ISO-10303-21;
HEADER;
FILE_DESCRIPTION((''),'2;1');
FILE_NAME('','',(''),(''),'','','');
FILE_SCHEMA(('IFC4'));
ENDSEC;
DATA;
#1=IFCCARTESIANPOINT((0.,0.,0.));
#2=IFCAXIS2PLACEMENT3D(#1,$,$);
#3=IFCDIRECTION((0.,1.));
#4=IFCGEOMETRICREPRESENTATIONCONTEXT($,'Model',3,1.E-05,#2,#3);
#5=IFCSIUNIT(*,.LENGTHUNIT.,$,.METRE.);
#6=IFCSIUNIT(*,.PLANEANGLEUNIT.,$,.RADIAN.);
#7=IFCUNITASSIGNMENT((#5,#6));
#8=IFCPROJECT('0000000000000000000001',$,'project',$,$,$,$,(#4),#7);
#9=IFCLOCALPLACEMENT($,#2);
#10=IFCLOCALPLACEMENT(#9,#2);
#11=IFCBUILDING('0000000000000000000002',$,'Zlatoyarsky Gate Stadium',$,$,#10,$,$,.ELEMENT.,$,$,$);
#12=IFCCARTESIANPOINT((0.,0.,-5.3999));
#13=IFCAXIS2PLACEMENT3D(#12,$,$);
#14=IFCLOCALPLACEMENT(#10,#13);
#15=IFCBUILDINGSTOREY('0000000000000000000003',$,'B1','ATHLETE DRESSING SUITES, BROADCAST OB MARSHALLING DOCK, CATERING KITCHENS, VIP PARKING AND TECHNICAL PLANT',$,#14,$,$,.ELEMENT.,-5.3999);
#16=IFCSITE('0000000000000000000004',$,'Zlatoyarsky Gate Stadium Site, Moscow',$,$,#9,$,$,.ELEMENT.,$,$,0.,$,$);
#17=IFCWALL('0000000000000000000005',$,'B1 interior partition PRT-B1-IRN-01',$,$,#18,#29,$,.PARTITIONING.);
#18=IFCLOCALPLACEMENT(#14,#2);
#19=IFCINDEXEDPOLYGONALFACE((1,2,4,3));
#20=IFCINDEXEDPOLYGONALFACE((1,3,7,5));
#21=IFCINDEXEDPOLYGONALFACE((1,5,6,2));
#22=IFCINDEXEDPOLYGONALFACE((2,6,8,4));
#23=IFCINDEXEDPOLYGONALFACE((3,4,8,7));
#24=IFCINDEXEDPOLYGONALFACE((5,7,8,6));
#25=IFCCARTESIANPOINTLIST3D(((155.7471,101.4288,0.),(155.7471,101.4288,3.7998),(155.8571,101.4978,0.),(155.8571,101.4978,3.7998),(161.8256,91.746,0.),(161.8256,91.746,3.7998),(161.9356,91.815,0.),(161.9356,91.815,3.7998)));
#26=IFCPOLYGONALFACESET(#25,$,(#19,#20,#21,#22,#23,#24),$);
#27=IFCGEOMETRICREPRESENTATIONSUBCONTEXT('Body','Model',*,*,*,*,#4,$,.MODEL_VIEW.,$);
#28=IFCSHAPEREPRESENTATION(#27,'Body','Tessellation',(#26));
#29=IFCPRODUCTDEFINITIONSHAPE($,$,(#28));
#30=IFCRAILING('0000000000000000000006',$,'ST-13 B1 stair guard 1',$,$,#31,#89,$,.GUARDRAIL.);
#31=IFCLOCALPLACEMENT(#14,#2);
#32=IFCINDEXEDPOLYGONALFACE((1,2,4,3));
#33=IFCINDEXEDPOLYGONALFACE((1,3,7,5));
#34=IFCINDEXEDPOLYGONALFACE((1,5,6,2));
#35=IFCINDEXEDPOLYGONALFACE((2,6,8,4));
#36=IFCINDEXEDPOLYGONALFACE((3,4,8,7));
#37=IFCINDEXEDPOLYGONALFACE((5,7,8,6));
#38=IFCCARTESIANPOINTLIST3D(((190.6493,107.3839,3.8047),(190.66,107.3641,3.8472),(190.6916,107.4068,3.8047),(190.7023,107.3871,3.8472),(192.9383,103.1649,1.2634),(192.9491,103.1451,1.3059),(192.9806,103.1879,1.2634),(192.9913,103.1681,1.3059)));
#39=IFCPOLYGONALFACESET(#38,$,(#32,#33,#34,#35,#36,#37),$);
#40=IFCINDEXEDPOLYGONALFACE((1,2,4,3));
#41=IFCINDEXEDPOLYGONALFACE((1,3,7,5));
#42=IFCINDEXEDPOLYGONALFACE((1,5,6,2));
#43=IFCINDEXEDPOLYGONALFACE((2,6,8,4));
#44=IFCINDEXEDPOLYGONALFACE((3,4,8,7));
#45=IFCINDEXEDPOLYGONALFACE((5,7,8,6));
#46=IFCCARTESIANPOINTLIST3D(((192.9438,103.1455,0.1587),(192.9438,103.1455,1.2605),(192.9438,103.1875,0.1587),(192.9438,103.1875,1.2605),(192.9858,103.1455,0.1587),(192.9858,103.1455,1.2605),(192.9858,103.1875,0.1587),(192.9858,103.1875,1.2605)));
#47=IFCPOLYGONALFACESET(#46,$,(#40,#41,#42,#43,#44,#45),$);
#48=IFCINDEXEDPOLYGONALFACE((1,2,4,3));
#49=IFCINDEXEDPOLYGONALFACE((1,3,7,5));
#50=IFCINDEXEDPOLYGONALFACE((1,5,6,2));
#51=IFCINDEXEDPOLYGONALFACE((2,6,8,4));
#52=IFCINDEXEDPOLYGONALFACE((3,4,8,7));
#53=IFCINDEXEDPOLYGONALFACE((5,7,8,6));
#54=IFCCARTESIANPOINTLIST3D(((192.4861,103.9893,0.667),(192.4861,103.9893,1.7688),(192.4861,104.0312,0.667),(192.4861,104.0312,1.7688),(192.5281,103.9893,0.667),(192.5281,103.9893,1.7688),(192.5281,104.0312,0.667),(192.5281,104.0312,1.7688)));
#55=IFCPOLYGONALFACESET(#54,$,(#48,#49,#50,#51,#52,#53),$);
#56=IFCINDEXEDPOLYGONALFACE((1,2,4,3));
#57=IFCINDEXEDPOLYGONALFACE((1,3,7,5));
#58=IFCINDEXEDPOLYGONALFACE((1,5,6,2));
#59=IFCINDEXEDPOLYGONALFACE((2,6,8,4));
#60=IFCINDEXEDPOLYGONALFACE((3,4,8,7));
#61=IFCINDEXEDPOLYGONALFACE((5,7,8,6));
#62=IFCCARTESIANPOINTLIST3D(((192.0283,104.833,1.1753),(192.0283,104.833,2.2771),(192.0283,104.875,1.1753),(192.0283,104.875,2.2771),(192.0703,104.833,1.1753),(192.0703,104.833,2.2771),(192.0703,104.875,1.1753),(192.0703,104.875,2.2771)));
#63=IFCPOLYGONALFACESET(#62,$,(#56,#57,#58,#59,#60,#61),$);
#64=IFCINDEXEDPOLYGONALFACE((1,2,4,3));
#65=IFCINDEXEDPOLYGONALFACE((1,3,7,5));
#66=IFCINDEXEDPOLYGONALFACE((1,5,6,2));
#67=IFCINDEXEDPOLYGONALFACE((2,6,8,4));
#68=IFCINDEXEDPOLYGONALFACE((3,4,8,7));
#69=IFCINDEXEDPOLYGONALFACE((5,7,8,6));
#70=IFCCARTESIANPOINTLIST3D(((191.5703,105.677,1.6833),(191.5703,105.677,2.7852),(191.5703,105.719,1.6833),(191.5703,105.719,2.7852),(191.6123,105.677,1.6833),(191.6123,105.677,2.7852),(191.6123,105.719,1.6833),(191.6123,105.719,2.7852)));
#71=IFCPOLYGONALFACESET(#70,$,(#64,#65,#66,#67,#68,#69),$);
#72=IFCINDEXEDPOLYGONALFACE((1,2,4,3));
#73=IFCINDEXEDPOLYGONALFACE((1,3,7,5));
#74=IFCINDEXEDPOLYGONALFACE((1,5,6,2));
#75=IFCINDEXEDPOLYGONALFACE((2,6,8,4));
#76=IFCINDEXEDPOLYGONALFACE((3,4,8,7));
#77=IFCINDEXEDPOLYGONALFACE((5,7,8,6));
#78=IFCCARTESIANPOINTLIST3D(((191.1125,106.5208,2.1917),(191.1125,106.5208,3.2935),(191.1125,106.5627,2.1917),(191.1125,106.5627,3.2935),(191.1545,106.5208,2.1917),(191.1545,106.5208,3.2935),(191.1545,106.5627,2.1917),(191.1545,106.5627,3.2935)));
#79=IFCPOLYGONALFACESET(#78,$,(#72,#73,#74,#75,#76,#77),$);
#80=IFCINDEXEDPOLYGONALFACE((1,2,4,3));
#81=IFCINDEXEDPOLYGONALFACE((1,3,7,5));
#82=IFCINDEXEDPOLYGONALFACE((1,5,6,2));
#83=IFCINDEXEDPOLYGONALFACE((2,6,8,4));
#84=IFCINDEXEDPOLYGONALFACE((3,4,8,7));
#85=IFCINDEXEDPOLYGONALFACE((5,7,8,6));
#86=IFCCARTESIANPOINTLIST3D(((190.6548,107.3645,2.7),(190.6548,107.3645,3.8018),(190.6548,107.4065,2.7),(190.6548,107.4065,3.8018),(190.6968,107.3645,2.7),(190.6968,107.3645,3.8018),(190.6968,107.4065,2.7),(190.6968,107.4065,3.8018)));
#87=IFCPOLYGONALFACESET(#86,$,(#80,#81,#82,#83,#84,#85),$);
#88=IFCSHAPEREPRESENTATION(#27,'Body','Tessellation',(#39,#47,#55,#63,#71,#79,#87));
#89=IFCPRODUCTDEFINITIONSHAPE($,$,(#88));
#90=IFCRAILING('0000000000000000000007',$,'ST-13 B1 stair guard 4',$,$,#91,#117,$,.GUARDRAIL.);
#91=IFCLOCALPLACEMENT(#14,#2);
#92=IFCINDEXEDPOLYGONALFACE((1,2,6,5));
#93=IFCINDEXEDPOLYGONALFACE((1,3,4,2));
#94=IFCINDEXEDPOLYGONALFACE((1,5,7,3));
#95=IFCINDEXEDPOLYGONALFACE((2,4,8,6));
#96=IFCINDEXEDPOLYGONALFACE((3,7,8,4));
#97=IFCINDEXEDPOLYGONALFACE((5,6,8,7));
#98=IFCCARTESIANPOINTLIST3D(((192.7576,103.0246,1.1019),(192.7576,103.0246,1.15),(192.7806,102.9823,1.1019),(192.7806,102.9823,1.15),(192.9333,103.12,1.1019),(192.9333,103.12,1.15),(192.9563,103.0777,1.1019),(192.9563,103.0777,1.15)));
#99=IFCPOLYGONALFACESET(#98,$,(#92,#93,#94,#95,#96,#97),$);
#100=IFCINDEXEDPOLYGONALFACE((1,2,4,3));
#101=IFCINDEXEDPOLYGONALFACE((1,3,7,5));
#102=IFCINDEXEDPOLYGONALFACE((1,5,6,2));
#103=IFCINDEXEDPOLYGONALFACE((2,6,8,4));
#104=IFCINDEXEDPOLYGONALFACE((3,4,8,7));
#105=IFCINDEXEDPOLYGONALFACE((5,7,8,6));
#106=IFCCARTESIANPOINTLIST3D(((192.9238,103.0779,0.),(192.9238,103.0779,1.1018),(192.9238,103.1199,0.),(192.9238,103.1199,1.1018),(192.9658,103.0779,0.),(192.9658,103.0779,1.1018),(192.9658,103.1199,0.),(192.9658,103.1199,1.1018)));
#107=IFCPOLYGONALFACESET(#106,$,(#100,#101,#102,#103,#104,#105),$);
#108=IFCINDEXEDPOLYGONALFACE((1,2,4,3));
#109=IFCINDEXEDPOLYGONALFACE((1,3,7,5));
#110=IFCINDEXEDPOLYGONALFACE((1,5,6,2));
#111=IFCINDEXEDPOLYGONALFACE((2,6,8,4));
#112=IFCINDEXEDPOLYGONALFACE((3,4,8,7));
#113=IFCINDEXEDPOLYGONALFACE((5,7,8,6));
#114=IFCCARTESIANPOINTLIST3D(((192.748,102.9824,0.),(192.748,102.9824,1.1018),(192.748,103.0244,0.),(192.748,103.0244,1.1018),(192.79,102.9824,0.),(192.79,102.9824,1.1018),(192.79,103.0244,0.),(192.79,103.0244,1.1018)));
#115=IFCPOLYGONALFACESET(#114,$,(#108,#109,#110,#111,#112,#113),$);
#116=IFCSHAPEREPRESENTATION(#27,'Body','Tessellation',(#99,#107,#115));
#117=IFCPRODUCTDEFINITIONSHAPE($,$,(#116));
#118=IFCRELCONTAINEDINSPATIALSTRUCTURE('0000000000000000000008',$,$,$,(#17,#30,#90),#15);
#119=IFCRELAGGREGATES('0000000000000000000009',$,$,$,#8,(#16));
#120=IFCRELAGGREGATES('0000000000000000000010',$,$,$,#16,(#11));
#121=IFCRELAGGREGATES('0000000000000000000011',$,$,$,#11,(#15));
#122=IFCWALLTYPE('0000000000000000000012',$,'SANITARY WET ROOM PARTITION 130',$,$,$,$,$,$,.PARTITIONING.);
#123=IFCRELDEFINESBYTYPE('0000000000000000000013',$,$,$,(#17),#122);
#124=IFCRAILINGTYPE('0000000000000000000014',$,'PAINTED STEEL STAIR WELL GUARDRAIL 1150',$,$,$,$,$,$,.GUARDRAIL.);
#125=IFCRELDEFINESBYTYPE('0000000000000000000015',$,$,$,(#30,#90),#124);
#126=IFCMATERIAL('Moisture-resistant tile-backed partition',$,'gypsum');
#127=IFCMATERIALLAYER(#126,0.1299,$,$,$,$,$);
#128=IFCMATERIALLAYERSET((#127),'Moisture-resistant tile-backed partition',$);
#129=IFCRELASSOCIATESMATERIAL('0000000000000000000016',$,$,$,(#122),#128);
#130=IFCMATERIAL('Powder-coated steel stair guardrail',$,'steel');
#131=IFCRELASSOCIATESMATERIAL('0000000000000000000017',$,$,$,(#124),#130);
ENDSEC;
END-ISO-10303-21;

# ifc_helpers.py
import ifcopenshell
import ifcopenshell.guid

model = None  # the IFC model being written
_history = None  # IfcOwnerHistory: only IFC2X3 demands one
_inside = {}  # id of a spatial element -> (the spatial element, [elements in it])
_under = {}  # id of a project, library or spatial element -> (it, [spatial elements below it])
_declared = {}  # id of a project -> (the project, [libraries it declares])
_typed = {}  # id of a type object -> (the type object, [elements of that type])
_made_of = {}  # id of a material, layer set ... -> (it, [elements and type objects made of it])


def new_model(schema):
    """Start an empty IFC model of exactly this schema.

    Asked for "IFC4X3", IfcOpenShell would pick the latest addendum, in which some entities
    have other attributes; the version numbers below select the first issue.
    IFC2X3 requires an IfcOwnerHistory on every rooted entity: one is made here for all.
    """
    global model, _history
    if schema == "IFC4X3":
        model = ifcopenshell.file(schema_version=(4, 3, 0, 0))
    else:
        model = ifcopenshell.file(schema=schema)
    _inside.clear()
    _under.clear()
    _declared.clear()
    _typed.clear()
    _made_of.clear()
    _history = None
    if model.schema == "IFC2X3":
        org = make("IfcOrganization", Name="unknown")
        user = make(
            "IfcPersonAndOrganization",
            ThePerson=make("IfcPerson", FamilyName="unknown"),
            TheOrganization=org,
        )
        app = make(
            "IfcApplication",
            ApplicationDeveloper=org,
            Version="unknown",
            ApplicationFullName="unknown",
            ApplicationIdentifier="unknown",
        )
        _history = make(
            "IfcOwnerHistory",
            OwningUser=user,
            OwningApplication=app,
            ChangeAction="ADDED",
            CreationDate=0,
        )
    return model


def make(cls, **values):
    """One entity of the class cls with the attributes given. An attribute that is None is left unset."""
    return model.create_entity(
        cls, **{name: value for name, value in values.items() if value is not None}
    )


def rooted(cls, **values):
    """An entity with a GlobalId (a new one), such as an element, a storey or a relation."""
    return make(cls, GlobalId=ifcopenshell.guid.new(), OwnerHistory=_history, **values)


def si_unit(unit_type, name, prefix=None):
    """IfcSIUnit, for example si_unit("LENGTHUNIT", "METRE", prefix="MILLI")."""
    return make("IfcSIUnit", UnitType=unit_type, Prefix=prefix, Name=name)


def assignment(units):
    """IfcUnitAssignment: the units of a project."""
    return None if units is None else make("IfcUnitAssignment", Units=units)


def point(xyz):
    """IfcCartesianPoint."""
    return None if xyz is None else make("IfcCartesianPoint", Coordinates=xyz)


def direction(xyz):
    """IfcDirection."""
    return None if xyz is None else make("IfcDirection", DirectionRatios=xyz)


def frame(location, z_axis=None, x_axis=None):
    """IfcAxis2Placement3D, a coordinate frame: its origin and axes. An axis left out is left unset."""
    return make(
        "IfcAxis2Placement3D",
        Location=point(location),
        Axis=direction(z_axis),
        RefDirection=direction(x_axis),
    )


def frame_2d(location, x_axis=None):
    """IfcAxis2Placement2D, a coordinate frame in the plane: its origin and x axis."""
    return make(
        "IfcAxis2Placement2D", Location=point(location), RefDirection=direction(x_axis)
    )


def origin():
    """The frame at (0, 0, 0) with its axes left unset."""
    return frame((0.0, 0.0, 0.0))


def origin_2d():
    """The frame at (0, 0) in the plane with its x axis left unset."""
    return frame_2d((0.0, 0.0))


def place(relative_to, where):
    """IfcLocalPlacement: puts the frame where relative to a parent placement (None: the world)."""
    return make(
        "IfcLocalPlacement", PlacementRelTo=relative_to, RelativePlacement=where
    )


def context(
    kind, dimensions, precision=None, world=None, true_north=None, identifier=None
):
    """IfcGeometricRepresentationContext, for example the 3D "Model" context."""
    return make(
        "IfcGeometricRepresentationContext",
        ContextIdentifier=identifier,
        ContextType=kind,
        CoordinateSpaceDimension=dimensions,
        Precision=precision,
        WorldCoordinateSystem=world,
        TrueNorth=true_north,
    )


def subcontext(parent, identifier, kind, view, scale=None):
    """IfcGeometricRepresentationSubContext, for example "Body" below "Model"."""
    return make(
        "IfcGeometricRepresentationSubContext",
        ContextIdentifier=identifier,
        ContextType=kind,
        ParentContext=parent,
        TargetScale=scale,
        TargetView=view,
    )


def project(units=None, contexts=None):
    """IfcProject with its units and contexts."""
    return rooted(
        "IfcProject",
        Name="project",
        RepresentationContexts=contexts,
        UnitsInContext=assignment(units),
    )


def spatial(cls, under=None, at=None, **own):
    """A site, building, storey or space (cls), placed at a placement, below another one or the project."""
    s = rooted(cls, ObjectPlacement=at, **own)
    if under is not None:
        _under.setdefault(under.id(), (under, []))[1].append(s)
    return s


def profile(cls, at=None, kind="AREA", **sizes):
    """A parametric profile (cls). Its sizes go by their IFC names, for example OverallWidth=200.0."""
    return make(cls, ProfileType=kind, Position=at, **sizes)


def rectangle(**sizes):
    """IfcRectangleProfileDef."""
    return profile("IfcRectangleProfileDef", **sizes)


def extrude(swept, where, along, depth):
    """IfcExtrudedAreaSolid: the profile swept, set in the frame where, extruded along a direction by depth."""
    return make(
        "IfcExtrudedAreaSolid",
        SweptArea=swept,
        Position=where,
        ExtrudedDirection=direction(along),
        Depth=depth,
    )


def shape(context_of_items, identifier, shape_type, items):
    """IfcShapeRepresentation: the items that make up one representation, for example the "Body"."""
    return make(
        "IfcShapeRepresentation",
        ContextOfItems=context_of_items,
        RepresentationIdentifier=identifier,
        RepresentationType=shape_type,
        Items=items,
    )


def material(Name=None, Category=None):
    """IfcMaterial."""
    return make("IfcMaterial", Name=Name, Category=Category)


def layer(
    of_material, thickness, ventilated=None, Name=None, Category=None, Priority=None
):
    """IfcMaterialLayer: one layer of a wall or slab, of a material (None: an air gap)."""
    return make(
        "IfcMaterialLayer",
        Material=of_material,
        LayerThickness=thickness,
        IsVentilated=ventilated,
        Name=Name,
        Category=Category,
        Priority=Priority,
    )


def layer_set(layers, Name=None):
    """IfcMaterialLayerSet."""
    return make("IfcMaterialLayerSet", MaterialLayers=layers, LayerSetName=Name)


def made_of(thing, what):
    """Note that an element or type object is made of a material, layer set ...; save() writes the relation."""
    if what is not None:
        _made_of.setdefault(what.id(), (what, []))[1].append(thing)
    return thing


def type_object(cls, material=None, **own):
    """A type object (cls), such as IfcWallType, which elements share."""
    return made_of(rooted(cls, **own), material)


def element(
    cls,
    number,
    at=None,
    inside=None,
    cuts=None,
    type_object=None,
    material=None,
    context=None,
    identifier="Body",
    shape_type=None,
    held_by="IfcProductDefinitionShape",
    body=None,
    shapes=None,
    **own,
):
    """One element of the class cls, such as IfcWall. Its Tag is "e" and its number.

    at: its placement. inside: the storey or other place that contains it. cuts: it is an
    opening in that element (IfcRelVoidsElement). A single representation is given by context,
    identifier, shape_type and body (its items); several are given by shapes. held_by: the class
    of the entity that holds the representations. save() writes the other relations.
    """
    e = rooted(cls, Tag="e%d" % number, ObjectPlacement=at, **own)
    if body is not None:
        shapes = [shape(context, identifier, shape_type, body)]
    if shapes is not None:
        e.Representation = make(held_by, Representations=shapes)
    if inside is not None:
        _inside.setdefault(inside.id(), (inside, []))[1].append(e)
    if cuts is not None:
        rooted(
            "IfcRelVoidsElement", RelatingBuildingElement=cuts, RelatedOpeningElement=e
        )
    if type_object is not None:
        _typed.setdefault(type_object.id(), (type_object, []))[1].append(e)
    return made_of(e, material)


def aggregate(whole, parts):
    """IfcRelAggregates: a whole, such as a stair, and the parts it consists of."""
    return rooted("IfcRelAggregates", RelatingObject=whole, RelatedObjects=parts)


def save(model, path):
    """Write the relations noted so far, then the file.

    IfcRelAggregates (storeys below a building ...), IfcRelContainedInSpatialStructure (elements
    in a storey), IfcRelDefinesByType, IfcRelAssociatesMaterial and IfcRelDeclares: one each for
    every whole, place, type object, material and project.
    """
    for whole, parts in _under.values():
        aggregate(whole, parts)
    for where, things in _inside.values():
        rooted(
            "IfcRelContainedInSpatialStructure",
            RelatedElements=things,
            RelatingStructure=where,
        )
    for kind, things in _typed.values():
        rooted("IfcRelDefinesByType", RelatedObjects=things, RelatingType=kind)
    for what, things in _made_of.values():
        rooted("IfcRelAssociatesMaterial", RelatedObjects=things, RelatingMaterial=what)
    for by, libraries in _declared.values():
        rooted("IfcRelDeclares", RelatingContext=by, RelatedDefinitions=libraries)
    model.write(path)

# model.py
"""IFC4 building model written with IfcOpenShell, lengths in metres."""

from ifc_helpers import new_model, si_unit, direction, frame, frame_2d, origin, origin_2d, place, context, subcontext, project, spatial, rectangle, extrude, material, layer, layer_set, type_object, element, save


model = new_model("IFC4")

# Units and contexts
model_context = context("Model", 3, precision=1e-05, world=origin(), true_north=direction((0.0, 1.0)))
body_context = subcontext(model_context, "Body", "Model", "MODEL_VIEW")
ifc_project = project(units=[si_unit("LENGTHUNIT", "METRE"), si_unit("PLANEANGLEUNIT", "RADIAN")], contexts=[model_context])

# Site, building, storey
site_placement = place(None, origin())
site = spatial("IfcSite", under=ifc_project, at=site_placement, Name="Zlatoyarsky Gate Stadium Site, Moscow", CompositionType="ELEMENT", RefElevation=0.0)
building_placement = place(site_placement, origin())
building = spatial("IfcBuilding", under=site, at=building_placement, Name="Zlatoyarsky Gate Stadium", CompositionType="ELEMENT")
storey_placement = place(building_placement, frame((0.0, 0.0, -5.3999)))
storey = spatial("IfcBuildingStorey", under=building, at=storey_placement, Name="B1", Description="ATHLETE DRESSING SUITES, BROADCAST OB MARSHALLING DOCK, CATERING KITCHENS, VIP PARKING AND TECHNICAL PLANT", CompositionType="ELEMENT", Elevation=-5.3999)

# Wall
ifc_material_1 = material(Name="Moisture-resistant tile-backed partition", Category="gypsum")
ifc_layer_1 = layer(ifc_material_1, 0.1299)
ifc_layer_set_1 = layer_set([ifc_layer_1], Name="Moisture-resistant tile-backed partition")
wall_type_1 = type_object("IfcWallType", Name="SANITARY WET ROOM PARTITION 130", PredefinedType="PARTITIONING", material=ifc_layer_set_1)
wall_1_placement = place(storey_placement, frame((161.8806, 91.7805, 0.0), z_axis=(0.0, 0.0, 1.0), x_axis=(-0.531685, 0.846942, 0.0)))
element("IfcWall", 1, at=wall_1_placement, inside=storey, type_object=wall_type_1, Name="B1 interior partition PRT-B1-IRN-01", PredefinedType="PARTITIONING", context=body_context, shape_type="SweptSolid", body=[
    extrude(rectangle(XDim=11.4326, YDim=0.1299, at=frame_2d((5.7163, 0.0))), origin(), (0.0, 0.0, 1.0), 3.7998),
])

# Railings
ifc_material_2 = material(Name="Powder-coated steel stair guardrail", Category="steel")
railing_type = type_object("IfcRailingType", Name="PAINTED STEEL STAIR WELL GUARDRAIL 1150", PredefinedType="GUARDRAIL", material=ifc_material_2)
railing_1_placement = place(storey_placement, frame((192.9648, 103.1665, 0.1587)))
element("IfcRailing", 2, at=railing_1_placement, inside=storey, type_object=railing_type, Name="ST-13 B1 stair guard 1", PredefinedType="GUARDRAIL", context=body_context, shape_type="SweptSolid", body=[
    extrude(rectangle(XDim=0.0481, YDim=0.0481, at=origin_2d()), frame((0.0, 0.0, 1.126), z_axis=(-0.421467, 0.77681, 0.467902), x_axis=(-0.878962, -0.476891, 0.0)), (0.0, 0.0, 1.0), 5.4312),
    extrude(rectangle(XDim=0.042, YDim=0.042, at=origin_2d()), origin(), (0.0, 0.0, 1.0), 1.1018),
    extrude(rectangle(XDim=0.042, YDim=0.042, at=origin_2d()), frame((-0.4578, 0.8438, 0.5083)), (0.0, 0.0, 1.0), 1.1018),
    extrude(rectangle(XDim=0.042, YDim=0.042, at=origin_2d()), frame((-0.9155, 1.6875, 1.0166)), (0.0, 0.0, 1.0), 1.1018),
    extrude(rectangle(XDim=0.042, YDim=0.042, at=origin_2d()), frame((-1.3735, 2.5315, 1.5247)), (0.0, 0.0, 1.0), 1.1018),
    extrude(rectangle(XDim=0.042, YDim=0.042, at=origin_2d()), frame((-1.8313, 3.3752, 2.033)), (0.0, 0.0, 1.0), 1.1018),
    extrude(rectangle(XDim=0.042, YDim=0.042, at=origin_2d()), frame((-2.2891, 4.219, 2.5413)), (0.0, 0.0, 1.0), 1.1018),
])
railing_2_placement = place(storey_placement, frame((192.9448, 103.0989, 0.0)))
element("IfcRailing", 3, at=railing_2_placement, inside=storey, type_object=railing_type, Name="ST-13 B1 stair guard 4", PredefinedType="GUARDRAIL", context=body_context, shape_type="SweptSolid", body=[
    extrude(rectangle(XDim=0.0481, YDim=0.0481, at=origin_2d()), frame((0.0, 0.0, 1.126), z_axis=(-0.87878, -0.477227, 0.0), x_axis=(0.477227, -0.87878, 0.0)), (0.0, 0.0, 1.0), 0.2),
    extrude(rectangle(XDim=0.042, YDim=0.042, at=origin_2d()), origin(), (0.0, 0.0, 1.0), 1.1018),
    extrude(rectangle(XDim=0.042, YDim=0.042, at=origin_2d()), frame((-0.1758, -0.0955, 0.0)), (0.0, 0.0, 1.0), 1.1018),
])

save(model, "model.ifc")
